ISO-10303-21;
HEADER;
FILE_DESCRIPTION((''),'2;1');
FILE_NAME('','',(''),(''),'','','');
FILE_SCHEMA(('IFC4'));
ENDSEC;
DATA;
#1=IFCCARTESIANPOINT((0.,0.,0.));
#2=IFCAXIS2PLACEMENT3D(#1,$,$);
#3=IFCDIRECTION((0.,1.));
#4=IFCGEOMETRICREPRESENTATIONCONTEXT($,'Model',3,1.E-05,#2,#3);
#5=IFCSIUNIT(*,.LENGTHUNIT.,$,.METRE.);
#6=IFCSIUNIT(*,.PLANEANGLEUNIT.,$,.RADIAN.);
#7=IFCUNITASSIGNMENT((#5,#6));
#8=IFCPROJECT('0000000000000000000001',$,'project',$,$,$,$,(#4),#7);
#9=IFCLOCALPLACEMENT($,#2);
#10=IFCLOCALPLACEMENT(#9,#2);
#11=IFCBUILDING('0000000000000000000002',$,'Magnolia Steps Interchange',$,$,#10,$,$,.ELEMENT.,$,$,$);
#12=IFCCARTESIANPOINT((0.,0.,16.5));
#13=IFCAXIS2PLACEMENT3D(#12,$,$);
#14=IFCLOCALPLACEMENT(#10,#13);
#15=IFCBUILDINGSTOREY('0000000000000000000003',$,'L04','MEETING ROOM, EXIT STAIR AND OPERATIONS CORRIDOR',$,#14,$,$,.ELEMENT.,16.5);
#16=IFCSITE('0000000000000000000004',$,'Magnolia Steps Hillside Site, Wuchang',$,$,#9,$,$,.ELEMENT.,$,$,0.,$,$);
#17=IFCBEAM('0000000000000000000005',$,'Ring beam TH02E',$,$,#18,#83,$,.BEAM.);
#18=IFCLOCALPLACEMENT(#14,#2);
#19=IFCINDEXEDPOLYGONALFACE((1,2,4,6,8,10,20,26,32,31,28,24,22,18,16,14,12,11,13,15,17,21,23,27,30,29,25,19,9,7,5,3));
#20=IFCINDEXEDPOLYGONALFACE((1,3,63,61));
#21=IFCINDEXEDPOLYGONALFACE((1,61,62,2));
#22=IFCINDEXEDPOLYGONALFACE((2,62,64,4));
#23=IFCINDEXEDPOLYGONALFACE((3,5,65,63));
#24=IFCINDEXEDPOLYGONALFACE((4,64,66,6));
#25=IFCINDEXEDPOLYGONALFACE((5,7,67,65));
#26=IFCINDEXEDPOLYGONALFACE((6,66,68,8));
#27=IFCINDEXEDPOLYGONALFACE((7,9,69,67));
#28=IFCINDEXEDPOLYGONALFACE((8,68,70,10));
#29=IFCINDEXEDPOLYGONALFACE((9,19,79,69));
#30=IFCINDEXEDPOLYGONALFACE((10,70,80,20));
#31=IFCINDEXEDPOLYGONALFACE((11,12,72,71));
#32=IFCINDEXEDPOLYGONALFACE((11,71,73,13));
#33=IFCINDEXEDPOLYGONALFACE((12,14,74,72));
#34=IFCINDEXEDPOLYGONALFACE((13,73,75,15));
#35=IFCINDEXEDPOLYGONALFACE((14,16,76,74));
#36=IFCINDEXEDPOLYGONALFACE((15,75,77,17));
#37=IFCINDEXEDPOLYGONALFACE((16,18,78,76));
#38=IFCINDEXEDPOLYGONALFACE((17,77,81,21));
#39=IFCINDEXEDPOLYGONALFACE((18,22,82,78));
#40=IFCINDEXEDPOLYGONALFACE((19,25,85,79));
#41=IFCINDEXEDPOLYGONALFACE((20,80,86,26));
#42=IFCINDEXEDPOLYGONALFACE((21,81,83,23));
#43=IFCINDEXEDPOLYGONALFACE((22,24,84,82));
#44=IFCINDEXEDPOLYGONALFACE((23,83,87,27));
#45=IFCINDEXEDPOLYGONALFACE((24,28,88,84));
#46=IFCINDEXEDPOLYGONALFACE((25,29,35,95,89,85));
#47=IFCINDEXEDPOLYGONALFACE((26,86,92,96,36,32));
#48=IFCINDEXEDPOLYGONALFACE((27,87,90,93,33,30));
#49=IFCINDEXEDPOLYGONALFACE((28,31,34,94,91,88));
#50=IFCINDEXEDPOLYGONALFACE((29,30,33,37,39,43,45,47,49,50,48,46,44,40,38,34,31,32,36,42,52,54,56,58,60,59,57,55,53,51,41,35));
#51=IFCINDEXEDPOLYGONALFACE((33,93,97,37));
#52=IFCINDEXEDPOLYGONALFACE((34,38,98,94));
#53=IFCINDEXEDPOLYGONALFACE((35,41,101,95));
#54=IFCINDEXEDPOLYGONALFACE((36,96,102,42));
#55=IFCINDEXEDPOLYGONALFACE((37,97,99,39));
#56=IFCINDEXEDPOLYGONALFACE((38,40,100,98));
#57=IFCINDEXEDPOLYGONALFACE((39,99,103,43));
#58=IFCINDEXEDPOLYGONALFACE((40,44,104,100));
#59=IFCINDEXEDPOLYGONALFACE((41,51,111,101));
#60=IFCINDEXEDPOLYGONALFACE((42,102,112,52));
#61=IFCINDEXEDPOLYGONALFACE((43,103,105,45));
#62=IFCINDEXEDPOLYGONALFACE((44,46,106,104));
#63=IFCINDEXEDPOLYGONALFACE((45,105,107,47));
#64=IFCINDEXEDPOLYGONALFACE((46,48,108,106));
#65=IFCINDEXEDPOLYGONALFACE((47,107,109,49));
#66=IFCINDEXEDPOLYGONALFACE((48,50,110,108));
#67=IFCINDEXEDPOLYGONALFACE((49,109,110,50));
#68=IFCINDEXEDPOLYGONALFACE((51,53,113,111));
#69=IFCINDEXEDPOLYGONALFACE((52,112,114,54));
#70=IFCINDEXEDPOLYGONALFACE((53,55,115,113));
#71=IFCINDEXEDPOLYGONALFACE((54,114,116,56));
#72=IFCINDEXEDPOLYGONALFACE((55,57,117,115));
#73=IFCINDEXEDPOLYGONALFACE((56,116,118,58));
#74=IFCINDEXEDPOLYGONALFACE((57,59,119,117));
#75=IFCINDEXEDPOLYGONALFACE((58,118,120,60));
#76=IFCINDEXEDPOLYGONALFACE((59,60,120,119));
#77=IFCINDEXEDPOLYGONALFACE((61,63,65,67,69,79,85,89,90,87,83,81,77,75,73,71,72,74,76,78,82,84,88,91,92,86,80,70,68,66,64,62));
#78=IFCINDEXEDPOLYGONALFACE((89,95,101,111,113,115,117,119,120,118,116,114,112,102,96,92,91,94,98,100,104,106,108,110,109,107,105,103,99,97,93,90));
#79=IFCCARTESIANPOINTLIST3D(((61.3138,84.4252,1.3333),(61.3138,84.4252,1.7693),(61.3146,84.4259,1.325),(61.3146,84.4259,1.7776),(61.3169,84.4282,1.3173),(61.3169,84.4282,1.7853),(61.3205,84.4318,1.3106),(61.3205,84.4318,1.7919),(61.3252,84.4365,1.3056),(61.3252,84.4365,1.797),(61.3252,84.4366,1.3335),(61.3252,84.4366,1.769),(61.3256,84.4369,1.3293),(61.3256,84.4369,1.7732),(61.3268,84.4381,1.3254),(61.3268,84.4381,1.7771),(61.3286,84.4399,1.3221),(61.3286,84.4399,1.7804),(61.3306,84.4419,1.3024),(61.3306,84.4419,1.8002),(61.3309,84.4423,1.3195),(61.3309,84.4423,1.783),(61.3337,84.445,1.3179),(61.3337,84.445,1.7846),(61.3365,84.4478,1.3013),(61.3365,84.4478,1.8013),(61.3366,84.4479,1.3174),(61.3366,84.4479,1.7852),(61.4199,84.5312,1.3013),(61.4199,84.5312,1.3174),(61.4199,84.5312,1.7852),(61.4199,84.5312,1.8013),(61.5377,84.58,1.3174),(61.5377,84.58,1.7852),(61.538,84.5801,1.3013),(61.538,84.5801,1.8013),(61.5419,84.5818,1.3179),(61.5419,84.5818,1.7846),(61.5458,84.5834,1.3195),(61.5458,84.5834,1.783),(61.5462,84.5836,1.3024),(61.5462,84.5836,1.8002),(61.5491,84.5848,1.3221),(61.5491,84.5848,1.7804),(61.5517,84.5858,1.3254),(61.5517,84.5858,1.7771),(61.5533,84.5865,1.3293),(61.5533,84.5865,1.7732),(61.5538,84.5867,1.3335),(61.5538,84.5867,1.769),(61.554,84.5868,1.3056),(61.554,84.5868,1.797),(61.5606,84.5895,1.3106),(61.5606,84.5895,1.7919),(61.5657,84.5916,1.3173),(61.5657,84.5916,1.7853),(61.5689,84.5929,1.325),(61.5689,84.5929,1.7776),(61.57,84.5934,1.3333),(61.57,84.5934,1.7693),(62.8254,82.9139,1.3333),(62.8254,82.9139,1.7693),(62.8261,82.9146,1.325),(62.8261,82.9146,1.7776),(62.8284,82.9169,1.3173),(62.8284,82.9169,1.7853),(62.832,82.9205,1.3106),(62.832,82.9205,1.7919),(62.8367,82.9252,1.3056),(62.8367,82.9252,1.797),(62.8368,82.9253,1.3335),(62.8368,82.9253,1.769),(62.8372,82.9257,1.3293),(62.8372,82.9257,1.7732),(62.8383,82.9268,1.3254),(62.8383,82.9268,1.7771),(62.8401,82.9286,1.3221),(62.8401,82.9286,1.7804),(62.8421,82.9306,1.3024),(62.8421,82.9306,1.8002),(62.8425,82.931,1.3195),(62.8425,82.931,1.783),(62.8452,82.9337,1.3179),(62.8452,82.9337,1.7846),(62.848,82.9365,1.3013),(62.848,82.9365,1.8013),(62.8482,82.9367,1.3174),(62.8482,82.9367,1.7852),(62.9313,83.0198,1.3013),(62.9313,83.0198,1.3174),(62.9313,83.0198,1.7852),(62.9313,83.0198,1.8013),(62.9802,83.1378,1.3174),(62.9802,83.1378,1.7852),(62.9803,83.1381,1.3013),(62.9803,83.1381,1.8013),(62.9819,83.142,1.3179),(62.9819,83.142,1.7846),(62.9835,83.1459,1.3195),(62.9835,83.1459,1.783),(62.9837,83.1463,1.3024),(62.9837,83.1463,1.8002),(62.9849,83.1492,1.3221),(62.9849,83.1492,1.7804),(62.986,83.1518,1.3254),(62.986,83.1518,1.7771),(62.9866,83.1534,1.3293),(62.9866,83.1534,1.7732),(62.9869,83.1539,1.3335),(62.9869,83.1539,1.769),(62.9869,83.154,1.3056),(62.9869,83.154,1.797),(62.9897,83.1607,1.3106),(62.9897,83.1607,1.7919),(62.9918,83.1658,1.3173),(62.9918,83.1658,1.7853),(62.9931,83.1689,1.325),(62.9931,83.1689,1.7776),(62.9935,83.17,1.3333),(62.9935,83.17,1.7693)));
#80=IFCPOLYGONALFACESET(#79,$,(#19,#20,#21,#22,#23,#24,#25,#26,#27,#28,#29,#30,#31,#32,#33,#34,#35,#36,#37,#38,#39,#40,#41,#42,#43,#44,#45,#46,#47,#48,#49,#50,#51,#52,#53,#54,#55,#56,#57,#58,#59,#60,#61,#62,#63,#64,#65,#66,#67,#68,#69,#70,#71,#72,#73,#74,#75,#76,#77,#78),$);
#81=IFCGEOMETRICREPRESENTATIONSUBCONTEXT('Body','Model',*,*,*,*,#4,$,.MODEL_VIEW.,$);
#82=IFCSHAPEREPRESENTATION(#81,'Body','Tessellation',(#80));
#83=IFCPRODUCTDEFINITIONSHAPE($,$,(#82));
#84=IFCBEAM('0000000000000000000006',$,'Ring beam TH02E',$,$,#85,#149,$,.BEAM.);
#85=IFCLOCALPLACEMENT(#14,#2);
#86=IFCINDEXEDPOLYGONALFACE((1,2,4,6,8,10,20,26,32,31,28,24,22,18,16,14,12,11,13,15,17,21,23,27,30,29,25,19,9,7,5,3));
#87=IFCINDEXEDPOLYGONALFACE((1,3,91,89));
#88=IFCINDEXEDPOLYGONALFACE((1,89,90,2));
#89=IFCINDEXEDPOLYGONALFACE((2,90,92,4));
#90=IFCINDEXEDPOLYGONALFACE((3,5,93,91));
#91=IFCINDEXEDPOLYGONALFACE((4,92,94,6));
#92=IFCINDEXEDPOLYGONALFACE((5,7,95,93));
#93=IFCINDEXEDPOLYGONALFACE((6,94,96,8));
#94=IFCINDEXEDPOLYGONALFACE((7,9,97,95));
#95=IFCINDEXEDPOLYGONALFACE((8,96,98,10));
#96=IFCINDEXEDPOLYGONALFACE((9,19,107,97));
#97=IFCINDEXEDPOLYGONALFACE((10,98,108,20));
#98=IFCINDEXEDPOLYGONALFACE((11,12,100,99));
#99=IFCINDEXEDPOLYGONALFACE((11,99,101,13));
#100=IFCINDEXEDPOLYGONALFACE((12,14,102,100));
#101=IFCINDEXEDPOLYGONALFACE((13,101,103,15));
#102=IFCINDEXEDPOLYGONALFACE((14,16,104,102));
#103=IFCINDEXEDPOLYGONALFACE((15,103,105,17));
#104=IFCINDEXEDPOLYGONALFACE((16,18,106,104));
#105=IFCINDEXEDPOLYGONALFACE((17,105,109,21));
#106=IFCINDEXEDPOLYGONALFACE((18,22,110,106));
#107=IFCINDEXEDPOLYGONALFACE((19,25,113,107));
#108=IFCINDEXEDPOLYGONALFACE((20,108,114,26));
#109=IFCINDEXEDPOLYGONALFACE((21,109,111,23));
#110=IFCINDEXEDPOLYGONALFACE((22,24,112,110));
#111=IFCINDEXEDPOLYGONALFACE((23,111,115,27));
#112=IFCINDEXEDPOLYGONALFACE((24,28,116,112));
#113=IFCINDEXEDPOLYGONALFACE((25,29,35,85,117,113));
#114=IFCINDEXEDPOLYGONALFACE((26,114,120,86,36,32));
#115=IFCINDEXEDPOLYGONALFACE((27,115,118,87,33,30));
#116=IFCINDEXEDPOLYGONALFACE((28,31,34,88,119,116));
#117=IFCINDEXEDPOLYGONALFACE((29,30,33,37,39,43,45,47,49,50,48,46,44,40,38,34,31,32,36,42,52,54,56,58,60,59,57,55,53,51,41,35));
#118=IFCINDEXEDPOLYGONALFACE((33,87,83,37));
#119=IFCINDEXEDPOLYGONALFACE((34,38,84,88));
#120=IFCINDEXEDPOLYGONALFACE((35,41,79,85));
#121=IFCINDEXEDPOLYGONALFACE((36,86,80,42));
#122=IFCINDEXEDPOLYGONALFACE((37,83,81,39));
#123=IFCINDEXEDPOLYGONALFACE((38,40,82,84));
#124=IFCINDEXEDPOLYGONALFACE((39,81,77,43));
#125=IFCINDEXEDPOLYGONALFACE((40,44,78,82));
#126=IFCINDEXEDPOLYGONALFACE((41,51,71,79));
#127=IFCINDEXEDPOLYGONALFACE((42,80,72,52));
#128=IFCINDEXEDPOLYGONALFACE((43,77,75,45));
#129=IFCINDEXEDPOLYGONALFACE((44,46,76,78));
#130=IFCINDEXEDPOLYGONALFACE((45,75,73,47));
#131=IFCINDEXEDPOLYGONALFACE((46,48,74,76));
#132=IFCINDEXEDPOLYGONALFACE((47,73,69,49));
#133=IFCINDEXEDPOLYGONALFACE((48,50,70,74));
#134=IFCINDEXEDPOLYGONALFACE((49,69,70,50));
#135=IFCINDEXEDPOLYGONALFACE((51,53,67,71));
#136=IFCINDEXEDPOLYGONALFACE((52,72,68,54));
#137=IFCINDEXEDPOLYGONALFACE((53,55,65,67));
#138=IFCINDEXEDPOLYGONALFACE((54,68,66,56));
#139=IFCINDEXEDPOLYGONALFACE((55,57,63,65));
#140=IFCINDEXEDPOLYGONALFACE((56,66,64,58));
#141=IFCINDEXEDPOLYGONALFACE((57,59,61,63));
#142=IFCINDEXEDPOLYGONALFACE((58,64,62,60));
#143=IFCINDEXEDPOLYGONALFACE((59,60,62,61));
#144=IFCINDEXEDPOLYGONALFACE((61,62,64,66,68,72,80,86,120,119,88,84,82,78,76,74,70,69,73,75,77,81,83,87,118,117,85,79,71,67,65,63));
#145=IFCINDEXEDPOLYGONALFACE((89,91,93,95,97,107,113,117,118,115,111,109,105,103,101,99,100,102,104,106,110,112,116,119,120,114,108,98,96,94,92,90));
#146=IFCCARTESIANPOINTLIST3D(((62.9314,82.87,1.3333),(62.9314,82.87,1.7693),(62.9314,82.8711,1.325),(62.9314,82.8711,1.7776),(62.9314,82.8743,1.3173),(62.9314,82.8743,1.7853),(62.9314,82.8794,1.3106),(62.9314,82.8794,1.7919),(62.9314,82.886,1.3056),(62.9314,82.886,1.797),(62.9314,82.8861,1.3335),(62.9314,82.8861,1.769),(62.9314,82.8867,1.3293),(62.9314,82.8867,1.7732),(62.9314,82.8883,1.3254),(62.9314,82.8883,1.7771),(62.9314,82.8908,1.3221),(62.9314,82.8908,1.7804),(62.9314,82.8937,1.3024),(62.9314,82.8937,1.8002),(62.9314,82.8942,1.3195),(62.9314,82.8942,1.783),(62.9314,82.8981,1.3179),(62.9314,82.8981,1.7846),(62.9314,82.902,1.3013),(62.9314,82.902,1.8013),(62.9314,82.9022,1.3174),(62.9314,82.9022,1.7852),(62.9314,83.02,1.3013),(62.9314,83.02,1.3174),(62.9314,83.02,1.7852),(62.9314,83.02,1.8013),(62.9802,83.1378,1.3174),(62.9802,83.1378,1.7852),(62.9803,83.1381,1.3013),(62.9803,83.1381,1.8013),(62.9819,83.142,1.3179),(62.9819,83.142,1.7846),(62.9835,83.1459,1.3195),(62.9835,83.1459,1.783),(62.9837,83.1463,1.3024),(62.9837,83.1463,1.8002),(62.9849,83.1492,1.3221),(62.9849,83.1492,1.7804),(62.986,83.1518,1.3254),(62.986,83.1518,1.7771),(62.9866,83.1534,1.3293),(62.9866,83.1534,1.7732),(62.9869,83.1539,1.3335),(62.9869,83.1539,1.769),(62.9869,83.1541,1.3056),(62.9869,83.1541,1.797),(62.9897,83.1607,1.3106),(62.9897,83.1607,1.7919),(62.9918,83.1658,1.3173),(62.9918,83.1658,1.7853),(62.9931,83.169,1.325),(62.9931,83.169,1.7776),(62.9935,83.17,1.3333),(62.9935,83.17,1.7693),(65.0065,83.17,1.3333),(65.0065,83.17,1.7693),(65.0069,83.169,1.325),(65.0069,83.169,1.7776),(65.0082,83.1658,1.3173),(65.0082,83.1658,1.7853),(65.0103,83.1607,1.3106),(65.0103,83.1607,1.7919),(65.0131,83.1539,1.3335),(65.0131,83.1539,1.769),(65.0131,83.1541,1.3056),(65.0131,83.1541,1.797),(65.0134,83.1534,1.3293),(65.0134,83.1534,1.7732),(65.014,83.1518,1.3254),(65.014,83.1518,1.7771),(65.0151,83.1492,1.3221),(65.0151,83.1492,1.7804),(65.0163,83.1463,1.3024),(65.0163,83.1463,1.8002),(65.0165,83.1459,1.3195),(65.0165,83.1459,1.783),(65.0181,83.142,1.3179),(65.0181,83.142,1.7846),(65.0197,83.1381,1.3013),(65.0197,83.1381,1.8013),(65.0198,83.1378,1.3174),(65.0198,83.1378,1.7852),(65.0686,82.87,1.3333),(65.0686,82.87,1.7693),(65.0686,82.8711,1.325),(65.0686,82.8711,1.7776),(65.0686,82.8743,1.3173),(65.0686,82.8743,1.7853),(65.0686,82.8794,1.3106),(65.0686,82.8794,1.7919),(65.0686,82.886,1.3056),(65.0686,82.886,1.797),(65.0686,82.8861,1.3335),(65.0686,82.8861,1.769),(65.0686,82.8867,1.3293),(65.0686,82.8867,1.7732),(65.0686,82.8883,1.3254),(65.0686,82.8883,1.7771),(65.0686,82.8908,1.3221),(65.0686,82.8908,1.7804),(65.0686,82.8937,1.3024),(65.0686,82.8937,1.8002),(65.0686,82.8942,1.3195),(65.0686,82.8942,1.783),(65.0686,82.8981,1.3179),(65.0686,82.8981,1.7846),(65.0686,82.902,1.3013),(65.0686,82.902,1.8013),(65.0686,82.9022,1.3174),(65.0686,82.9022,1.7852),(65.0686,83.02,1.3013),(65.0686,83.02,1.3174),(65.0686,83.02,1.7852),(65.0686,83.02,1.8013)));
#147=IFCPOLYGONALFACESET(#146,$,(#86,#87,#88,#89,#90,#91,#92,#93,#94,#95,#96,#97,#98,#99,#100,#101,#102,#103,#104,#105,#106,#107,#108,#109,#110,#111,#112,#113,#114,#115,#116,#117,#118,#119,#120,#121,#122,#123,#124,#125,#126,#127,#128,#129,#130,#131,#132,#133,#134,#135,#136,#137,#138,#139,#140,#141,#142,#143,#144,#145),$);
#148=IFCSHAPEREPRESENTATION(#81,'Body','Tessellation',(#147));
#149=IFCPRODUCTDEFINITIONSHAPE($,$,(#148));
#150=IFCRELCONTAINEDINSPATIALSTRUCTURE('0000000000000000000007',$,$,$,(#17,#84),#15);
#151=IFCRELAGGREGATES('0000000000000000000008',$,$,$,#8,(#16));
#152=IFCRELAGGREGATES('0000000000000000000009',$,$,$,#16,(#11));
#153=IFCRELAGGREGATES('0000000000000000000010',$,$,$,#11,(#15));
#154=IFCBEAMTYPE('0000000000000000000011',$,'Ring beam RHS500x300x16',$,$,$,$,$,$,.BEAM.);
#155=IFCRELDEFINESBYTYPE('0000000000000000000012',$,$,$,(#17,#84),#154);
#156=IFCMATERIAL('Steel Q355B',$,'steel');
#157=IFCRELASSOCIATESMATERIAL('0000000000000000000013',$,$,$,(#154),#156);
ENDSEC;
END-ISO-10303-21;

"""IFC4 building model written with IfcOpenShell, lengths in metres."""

from ifc_helpers import new_model, si_unit, direction, frame, origin, origin_2d, place, context, subcontext, project, spatial, hollow_rectangle, extrude, clip, halfspace, material, material_profile, profile_set, type_object, element, save


model = new_model("IFC4")

# Units and contexts
model_context = context("Model", 3, precision=1e-05, world=origin(), true_north=direction((0.0, 1.0)))
body_context = subcontext(model_context, "Body", "Model", "MODEL_VIEW")
ifc_project = project(units=[si_unit("LENGTHUNIT", "METRE"), si_unit("PLANEANGLEUNIT", "RADIAN")], contexts=[model_context])

# Site, building, storey
site_placement = place(None, origin())
site = spatial("IfcSite", under=ifc_project, at=site_placement, Name="Magnolia Steps Hillside Site, Wuchang", CompositionType="ELEMENT", RefElevation=0.0)
building_placement = place(site_placement, origin())
building = spatial("IfcBuilding", under=site, at=building_placement, Name="Magnolia Steps Interchange", CompositionType="ELEMENT")
storey_placement = place(building_placement, frame((0.0, 0.0, 16.5)))
storey = spatial("IfcBuildingStorey", under=building, at=storey_placement, Name="L04", Description="MEETING ROOM, EXIT STAIR AND OPERATIONS CORRIDOR", CompositionType="ELEMENT", Elevation=16.5)

# Beams
ifc_material_1 = material(Name="Steel Q355B", Category="steel")
ifc_material_profile_1 = material_profile(ifc_material_1, hollow_rectangle(XDim=0.3, YDim=0.5, WallThickness=0.0161, InnerFilletRadius=0.0161, OuterFilletRadius=0.032, at=origin_2d()), Name="RHS500x300x16")
ifc_profile_set_1 = profile_set([ifc_material_profile_1], Name="Steel Q355B")
beam_type_1 = type_object("IfcBeamType", Name="Ring beam RHS500x300x16", PredefinedType="BEAM", material=ifc_profile_set_1)
beam_1_placement = place(storey_placement, frame((61.4199, 84.5312, 1.5513), z_axis=(0.707164, -0.70705, 0.0), x_axis=(0.70705, 0.707164, 0.0)))
element("IfcBeam", 1, at=beam_1_placement, inside=storey, type_object=beam_type_1, Name="Ring beam TH02E", PredefinedType="BEAM", context=body_context, shape_type="Clipping", body=[
    clip(clip(extrude(hollow_rectangle(XDim=0.3, YDim=0.5, WallThickness=0.0161, InnerFilletRadius=0.0161, OuterFilletRadius=0.032, at=origin_2d()), origin(), (0.0, 0.0, 1.0), 2.1375), halfspace(frame((0.0, 0.0, 0.0), z_axis=(0.382758, 0.0, -0.923849), x_axis=(0.923849, 0.0, 0.382758)), False)), halfspace(frame((0.0, 0.0, 2.1374), z_axis=(0.382609, 0.0, 0.92391), x_axis=(0.92391, 0.0, -0.382609)), False)),
])
beam_2_placement = place(storey_placement, frame((62.9314, 83.02, 1.5513), z_axis=(1.0, 0.0, 0.0), x_axis=(0.0, 1.0, 0.0)))
element("IfcBeam", 2, at=beam_2_placement, inside=storey, type_object=beam_type_1, Name="Ring beam TH02E", PredefinedType="BEAM", context=body_context, shape_type="Clipping", body=[
    clip(clip(extrude(hollow_rectangle(XDim=0.3, YDim=0.5, WallThickness=0.0161, InnerFilletRadius=0.0161, OuterFilletRadius=0.032, at=origin_2d()), origin(), (0.0, 0.0, 1.0), 2.1372), halfspace(frame((0.0, 0.0, 0.0), z_axis=(0.382683, 0.0, -0.92388), x_axis=(0.92388, 0.0, 0.382683)), False)), halfspace(frame((0.0, 0.0, 2.1372), z_axis=(0.382683, 0.0, 0.92388), x_axis=(0.92388, 0.0, -0.382683)), False)),
])

save(model, "model.ifc")
